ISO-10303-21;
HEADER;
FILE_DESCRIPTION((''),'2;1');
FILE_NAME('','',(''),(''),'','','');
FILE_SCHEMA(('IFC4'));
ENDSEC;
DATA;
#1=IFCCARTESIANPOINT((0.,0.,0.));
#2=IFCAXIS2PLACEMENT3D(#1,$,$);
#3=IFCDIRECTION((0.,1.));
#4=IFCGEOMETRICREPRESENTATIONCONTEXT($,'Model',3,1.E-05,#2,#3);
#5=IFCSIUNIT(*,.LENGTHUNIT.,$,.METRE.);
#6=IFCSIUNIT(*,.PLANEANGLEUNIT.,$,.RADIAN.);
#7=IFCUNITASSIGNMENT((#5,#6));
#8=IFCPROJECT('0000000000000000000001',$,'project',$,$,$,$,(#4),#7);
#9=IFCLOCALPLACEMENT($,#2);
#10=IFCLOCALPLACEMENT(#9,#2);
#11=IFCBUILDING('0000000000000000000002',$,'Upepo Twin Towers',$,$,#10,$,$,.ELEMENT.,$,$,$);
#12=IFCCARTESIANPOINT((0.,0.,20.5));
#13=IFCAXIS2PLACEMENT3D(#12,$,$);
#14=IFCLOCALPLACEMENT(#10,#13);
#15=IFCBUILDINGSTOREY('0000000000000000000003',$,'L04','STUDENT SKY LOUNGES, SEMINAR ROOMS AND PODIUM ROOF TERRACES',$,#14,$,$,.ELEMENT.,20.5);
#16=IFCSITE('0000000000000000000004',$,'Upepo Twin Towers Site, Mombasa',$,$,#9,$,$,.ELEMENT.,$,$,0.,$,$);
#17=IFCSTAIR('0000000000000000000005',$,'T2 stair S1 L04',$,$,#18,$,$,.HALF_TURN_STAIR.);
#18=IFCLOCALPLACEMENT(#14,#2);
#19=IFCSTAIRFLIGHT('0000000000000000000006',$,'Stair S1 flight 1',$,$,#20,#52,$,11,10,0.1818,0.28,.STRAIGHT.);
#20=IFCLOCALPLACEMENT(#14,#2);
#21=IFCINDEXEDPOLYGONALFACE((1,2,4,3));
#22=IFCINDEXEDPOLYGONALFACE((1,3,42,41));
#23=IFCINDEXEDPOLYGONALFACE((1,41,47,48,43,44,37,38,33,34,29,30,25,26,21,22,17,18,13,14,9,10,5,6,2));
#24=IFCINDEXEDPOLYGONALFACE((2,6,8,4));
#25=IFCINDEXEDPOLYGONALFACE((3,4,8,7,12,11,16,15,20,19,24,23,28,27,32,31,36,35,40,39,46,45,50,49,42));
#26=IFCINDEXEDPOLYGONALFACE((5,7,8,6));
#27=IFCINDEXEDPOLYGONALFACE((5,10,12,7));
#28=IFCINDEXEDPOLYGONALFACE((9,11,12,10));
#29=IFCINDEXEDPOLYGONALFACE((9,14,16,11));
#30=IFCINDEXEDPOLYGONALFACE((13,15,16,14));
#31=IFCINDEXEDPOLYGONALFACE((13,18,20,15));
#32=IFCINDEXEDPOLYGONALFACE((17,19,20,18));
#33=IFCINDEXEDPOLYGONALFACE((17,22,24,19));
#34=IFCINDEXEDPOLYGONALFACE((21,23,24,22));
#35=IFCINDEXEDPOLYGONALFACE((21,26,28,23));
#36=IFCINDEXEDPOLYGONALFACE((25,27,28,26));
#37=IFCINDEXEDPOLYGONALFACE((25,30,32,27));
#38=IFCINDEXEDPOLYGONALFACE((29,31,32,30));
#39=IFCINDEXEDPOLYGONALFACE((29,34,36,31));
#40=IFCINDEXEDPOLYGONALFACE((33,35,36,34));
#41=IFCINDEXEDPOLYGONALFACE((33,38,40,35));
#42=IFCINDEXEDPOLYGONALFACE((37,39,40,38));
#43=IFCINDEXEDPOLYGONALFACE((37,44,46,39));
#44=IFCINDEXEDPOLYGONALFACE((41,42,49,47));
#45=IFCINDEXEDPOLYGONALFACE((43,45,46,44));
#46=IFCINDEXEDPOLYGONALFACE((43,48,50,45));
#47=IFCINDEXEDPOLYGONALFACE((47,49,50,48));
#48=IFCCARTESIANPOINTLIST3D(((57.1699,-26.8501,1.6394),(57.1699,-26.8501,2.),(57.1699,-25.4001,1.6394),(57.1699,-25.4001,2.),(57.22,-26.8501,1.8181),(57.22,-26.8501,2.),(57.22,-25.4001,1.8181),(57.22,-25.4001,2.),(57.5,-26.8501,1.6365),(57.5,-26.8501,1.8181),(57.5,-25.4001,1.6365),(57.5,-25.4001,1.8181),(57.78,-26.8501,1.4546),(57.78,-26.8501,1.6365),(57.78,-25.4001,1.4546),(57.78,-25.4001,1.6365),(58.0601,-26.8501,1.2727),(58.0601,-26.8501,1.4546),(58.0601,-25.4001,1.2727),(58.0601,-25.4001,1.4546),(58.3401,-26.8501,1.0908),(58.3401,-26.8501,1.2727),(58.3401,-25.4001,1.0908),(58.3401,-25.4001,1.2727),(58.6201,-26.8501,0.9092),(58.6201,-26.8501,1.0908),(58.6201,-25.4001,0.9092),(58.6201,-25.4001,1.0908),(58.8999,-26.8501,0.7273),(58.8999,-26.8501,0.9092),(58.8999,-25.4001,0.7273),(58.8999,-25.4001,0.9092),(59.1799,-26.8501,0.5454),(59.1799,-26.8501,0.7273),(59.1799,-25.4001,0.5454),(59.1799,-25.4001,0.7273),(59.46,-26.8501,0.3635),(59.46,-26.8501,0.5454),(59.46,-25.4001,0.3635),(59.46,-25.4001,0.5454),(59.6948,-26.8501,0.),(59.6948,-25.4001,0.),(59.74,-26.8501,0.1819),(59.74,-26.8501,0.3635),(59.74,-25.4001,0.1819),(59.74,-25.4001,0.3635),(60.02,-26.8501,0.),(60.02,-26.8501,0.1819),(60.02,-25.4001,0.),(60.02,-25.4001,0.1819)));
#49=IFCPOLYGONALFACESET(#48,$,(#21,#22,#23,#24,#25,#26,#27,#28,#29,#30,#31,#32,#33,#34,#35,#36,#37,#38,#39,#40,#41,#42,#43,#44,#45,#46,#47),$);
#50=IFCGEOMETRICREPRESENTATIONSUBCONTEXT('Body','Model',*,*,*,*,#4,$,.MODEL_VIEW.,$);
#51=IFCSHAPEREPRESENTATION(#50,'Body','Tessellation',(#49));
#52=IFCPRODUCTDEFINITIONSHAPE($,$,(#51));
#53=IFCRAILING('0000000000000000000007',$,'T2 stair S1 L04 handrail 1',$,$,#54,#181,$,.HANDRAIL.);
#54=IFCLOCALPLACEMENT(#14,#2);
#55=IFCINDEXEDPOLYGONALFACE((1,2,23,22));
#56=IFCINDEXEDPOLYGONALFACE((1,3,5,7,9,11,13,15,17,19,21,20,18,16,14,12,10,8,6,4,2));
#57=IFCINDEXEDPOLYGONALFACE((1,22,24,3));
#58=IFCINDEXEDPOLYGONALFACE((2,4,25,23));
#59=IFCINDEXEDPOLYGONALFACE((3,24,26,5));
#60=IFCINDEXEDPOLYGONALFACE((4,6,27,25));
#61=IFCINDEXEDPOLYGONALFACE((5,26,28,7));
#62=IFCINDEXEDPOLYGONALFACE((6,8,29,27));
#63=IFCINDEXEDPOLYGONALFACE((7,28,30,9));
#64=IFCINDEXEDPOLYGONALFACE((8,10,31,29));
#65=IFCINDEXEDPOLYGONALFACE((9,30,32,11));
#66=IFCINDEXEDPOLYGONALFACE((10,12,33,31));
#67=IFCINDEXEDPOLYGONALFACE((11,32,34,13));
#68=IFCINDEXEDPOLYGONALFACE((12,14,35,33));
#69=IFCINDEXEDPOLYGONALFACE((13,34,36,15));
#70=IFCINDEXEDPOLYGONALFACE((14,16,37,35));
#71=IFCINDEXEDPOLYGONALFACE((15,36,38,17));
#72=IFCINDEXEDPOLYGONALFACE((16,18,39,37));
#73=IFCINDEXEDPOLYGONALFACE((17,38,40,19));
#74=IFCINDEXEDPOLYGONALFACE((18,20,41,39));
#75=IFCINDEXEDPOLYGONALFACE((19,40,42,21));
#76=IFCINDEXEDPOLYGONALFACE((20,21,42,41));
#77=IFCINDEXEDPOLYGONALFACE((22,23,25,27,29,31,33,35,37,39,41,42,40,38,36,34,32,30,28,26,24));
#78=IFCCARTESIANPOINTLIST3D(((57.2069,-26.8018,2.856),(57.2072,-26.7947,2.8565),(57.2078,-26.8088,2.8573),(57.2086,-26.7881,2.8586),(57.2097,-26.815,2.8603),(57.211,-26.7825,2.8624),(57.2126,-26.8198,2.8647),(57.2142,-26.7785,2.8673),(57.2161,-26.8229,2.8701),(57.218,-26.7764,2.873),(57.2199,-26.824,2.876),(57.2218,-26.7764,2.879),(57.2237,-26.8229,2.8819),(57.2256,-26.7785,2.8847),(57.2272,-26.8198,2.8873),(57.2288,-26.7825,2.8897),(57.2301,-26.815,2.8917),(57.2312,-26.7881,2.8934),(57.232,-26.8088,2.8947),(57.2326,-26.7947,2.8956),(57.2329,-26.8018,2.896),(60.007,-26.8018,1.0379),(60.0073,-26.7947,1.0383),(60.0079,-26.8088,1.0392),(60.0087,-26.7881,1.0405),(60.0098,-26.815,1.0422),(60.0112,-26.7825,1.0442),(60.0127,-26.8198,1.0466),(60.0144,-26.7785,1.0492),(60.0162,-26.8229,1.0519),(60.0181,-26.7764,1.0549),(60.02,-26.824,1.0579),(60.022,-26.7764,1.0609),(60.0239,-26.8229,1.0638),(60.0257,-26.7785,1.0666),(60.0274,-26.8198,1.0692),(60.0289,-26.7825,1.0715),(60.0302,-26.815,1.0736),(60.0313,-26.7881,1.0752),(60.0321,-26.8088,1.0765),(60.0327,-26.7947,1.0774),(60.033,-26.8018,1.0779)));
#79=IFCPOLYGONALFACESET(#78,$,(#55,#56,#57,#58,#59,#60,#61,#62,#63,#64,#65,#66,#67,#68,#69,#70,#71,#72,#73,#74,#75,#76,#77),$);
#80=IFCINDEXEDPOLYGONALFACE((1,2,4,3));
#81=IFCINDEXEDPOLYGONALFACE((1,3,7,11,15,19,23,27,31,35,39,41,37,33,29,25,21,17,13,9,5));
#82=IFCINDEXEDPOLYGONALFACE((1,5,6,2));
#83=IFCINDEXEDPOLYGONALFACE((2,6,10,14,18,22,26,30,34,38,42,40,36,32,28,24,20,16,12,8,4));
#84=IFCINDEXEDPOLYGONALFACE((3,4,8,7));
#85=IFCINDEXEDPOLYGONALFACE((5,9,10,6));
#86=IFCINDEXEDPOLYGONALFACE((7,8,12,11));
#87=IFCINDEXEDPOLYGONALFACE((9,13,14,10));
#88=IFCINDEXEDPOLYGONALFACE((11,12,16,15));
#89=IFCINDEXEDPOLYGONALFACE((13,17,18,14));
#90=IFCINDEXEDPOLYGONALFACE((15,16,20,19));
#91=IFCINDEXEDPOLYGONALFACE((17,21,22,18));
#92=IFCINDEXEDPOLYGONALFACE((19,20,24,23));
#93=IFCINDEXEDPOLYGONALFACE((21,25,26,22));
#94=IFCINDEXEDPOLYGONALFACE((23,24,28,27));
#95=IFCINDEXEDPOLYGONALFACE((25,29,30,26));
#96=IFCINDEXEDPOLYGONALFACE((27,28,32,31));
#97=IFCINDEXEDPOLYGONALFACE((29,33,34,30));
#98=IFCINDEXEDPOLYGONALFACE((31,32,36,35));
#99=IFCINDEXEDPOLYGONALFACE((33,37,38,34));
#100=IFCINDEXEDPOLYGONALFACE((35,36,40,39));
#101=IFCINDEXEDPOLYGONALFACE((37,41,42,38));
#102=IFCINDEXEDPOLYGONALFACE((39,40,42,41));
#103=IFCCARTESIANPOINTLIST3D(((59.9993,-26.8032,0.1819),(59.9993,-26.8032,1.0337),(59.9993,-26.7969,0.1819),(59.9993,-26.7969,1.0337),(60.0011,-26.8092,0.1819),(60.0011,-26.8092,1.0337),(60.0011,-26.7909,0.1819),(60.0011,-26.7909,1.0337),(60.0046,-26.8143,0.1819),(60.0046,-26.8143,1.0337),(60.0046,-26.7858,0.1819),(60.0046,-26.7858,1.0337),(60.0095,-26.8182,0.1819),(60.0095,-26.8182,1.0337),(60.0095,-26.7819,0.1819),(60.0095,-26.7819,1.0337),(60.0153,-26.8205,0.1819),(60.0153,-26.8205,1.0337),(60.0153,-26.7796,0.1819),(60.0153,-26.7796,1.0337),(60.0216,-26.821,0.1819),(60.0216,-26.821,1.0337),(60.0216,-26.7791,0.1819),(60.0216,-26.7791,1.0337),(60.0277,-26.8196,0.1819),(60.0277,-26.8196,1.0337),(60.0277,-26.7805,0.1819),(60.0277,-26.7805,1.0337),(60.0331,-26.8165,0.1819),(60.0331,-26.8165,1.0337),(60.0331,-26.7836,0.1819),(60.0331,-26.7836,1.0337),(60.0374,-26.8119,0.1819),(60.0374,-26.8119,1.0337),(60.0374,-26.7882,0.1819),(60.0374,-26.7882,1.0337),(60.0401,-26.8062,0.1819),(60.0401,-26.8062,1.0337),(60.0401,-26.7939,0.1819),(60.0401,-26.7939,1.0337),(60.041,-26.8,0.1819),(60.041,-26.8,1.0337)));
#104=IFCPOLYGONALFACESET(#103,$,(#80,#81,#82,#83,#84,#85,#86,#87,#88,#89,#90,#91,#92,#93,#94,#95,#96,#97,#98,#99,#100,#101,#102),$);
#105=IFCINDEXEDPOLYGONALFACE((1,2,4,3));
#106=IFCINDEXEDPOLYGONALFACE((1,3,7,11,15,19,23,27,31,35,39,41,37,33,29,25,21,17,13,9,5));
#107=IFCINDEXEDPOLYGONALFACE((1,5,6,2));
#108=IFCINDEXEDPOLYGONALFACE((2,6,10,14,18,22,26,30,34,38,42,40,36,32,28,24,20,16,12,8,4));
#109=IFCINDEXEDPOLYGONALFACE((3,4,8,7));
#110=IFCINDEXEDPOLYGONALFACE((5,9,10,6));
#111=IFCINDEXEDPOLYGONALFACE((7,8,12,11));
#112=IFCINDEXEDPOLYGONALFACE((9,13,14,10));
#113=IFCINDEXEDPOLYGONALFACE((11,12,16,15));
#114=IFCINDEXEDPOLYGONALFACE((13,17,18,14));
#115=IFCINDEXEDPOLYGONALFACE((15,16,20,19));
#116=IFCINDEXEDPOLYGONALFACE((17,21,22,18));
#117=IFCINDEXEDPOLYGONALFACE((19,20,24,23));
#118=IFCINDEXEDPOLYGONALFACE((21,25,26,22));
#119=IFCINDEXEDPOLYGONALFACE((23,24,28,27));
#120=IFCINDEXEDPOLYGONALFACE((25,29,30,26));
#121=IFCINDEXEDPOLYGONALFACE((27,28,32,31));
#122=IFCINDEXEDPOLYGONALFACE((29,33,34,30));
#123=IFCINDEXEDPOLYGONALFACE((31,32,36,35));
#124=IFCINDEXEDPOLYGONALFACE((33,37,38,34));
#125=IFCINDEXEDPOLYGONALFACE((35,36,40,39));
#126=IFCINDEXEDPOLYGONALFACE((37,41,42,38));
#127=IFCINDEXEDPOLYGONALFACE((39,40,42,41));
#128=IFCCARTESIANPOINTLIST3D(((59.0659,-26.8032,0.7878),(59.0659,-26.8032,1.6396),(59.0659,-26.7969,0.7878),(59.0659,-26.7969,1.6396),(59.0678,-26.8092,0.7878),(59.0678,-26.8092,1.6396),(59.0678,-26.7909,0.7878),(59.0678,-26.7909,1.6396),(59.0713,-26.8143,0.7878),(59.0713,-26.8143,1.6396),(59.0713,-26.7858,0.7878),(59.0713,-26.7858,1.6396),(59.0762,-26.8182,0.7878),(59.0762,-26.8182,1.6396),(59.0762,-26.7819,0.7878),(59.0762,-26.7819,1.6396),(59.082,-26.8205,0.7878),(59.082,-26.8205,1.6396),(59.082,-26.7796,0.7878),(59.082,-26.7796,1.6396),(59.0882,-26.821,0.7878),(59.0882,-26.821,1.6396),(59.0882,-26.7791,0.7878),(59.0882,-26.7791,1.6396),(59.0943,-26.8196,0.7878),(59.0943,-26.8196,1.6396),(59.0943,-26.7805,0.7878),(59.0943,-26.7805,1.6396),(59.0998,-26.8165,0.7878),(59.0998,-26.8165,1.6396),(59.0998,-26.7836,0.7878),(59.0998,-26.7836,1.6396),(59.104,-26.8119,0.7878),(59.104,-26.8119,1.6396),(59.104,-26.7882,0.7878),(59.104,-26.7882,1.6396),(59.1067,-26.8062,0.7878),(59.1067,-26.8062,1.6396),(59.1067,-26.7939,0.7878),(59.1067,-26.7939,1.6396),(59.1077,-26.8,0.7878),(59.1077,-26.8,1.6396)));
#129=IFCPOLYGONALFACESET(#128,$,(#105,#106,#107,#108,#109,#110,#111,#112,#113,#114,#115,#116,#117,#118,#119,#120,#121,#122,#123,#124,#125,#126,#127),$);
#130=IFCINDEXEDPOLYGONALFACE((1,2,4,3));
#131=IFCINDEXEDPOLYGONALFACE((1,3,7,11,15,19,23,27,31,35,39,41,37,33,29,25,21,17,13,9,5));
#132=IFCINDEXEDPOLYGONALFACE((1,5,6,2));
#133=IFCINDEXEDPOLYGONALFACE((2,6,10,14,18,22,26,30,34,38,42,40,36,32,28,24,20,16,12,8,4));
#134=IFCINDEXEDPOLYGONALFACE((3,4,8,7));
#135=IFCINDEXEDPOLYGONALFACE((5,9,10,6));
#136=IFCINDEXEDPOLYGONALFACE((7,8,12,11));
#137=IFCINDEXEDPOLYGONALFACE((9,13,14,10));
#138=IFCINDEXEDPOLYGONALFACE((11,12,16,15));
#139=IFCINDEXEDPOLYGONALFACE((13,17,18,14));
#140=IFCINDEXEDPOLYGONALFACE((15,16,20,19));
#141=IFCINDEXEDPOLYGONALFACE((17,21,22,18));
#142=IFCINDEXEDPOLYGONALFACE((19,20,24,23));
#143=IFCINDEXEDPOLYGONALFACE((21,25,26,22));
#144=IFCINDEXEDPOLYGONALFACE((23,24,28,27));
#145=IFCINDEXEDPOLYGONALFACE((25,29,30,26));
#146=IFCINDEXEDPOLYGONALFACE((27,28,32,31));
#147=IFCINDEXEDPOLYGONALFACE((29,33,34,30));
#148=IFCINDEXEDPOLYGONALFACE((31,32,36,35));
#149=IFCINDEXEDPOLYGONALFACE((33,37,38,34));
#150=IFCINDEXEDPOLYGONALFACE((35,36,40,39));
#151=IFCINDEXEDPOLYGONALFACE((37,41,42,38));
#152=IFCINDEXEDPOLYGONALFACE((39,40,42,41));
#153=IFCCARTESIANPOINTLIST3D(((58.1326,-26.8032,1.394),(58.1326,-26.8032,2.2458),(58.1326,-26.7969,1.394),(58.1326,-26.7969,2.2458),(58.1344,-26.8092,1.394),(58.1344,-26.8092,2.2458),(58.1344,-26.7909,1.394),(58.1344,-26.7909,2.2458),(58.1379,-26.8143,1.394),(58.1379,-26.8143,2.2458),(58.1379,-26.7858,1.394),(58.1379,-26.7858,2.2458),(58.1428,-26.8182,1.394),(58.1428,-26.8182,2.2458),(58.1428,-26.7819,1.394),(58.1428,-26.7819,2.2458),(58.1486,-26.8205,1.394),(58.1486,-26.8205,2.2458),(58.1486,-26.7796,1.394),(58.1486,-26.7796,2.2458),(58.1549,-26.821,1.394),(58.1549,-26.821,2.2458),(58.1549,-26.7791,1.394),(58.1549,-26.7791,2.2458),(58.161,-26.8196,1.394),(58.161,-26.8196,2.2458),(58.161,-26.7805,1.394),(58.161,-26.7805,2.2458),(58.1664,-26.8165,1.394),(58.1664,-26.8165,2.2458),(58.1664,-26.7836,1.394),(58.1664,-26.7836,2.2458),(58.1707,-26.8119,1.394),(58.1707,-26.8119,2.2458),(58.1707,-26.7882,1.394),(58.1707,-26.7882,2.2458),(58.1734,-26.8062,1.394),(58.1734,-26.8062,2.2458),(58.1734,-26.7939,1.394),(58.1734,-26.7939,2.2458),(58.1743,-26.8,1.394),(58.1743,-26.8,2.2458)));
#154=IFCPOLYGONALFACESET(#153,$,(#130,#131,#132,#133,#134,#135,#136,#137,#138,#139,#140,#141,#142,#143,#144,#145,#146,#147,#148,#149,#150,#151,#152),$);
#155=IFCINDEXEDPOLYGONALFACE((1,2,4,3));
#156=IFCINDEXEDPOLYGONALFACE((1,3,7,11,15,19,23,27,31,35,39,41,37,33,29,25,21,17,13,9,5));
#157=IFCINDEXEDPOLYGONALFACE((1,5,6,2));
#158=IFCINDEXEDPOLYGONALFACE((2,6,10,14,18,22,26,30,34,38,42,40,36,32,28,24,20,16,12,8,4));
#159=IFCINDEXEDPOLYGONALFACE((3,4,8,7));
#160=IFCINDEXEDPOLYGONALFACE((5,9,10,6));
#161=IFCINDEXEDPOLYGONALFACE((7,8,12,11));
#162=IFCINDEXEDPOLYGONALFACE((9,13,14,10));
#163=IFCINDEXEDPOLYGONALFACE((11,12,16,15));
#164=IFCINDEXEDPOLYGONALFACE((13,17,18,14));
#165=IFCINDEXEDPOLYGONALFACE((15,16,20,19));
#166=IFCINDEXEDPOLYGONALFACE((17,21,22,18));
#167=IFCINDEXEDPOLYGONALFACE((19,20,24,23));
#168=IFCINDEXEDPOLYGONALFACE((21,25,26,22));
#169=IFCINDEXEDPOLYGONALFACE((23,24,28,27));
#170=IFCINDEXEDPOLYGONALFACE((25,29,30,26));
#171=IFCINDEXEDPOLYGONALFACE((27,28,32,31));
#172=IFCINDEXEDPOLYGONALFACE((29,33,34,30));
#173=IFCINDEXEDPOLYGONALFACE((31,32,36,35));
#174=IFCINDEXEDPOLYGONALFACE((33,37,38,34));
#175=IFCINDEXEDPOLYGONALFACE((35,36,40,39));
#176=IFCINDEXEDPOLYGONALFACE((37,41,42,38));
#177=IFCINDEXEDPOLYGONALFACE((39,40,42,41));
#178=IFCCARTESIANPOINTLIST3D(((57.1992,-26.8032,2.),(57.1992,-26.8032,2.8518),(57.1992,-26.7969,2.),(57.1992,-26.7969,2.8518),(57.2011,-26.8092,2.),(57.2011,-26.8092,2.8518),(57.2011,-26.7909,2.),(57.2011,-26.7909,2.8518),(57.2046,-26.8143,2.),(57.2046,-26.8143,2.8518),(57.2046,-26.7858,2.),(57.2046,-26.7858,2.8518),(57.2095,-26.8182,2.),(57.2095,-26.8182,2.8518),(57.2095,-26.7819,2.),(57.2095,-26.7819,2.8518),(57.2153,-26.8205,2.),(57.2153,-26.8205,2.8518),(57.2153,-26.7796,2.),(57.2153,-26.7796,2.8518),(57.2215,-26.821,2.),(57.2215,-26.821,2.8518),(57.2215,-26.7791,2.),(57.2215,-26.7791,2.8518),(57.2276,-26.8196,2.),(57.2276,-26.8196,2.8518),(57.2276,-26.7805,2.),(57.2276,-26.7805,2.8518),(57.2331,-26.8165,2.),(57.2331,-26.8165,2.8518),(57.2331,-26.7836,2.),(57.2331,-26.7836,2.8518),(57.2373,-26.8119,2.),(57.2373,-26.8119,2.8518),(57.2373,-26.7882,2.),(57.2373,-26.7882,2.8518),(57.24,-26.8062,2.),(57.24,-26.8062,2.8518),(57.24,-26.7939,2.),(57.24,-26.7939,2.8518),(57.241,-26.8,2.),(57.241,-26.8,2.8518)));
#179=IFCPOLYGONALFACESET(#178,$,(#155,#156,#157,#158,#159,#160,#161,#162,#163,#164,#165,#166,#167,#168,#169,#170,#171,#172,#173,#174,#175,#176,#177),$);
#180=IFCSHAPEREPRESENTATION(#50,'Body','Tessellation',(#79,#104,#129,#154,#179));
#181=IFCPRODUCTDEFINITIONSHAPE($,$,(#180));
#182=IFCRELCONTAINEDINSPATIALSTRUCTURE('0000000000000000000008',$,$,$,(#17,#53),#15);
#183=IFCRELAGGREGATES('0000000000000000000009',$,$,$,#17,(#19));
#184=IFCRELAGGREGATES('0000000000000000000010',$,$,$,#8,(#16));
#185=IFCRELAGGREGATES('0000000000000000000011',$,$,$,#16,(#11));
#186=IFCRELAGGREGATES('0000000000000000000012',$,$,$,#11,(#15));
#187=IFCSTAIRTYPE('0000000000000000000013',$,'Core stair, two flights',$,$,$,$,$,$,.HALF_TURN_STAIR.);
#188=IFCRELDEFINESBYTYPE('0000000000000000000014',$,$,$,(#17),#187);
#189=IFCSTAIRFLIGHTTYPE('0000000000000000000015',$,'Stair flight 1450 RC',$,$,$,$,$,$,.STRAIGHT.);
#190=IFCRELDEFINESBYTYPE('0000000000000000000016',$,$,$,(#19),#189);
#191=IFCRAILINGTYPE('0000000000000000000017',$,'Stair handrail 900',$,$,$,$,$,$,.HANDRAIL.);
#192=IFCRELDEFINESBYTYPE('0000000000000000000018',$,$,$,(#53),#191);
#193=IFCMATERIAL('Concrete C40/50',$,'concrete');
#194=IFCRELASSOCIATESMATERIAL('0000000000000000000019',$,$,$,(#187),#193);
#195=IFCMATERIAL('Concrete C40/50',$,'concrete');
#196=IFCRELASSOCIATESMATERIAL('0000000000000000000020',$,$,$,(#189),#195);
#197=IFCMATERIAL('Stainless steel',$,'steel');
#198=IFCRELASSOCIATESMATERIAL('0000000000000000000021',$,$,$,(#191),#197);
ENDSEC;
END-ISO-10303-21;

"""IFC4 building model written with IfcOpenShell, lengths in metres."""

from ifc_helpers import new_model, si_unit, direction, frame, origin, origin_2d, place, context, subcontext, project, spatial, polyline, circle, outline, extrude, material, type_object, element, aggregate, save


model = new_model("IFC4")

# Units and contexts
model_context = context("Model", 3, precision=1e-05, world=origin(), true_north=direction((0.0, 1.0)))
body_context = subcontext(model_context, "Body", "Model", "MODEL_VIEW")
ifc_project = project(units=[si_unit("LENGTHUNIT", "METRE"), si_unit("PLANEANGLEUNIT", "RADIAN")], contexts=[model_context])

# Site, building, storey
site_placement = place(None, origin())
site = spatial("IfcSite", under=ifc_project, at=site_placement, Name="Upepo Twin Towers Site, Mombasa", CompositionType="ELEMENT", RefElevation=0.0)
building_placement = place(site_placement, origin())
building = spatial("IfcBuilding", under=site, at=building_placement, Name="Upepo Twin Towers", CompositionType="ELEMENT")
storey_placement = place(building_placement, frame((0.0, 0.0, 20.5)))
storey = spatial("IfcBuildingStorey", under=building, at=storey_placement, Name="L04", Description="STUDENT SKY LOUNGES, SEMINAR ROOMS AND PODIUM ROOF TERRACES", CompositionType="ELEMENT", Elevation=20.5)

# Stair, stair flight
ifc_material_1 = material(Name="Concrete C40/50", Category="concrete")
stair_type = type_object("IfcStairType", Name="Core stair, two flights", PredefinedType="HALF_TURN_STAIR", material=ifc_material_1)
stair_placement = place(storey_placement, origin())
stair = element("IfcStair", 1, at=stair_placement, inside=storey, type_object=stair_type, Name="T2 stair S1 L04", PredefinedType="HALF_TURN_STAIR")
ifc_material_2 = material(Name="Concrete C40/50", Category="concrete")
stair_flight_type = type_object("IfcStairFlightType", Name="Stair flight 1450 RC", PredefinedType="STRAIGHT", material=ifc_material_2)
stair_flight_placement = place(storey_placement, frame((60.02, -26.125, 0.0), z_axis=(0.0, 0.0, 1.0), x_axis=(-1.0, 0.0, 0.0)))
stair_flight = element("IfcStairFlight", 2, at=stair_flight_placement, type_object=stair_flight_type, Name="Stair S1 flight 1", NumberOfRisers=11, NumberOfTreads=10, PredefinedType="STRAIGHT", RiserHeight=0.1818, TreadLength=0.28, context=body_context, shape_type="SweptSolid", body=[
    extrude(outline(polyline([(0.0, 0.0), (0.0, 0.1819), (0.28, 0.1819), (0.28, 0.3635), (0.5601, 0.3635), (0.5601, 0.5454), (0.8401, 0.5454), (0.8401, 0.7273), (1.1201, 0.7273), (1.1201, 0.9092), (1.3999, 0.9092), (1.3999, 1.0908), (1.6799, 1.0908), (1.6799, 1.2727), (1.96, 1.2727), (1.96, 1.4546), (2.24, 1.4546), (2.24, 1.6365), (2.52, 1.6365), (2.52, 1.8181), (2.8, 1.8181), (2.8, 2.0), (2.8501, 2.0), (2.8501, 1.6394), (0.3252, 0.0), (0.0, 0.0)])), frame((0.0, 0.7251, 0.0), z_axis=(0.0, -1.0, 0.0), x_axis=(1.0, 0.0, 0.0)), (0.0, 0.0, 1.0), 1.45),
])
aggregate(stair, [stair_flight])

# Railing
ifc_material_3 = material(Name="Stainless steel", Category="steel")
railing_type = type_object("IfcRailingType", Name="Stair handrail 900", PredefinedType="HANDRAIL", material=ifc_material_3)
railing_placement = place(storey_placement, frame((60.02, -26.8, 0.1819)))
element("IfcRailing", 3, at=railing_placement, inside=storey, type_object=railing_type, Name="T2 stair S1 L04 handrail 1", PredefinedType="HANDRAIL", context=body_context, shape_type="SweptSolid", body=[
    extrude(circle(Radius=0.0239, at=origin_2d()), frame((0.0, 0.0, 0.876), z_axis=(-0.838706, 0.0, 0.544585), x_axis=(0.0, -1.0, 0.0)), (0.0, 0.0, 1.0), 3.3386),
    extrude(circle(Radius=0.021, at=origin_2d()), origin(), (0.0, 0.0, 1.0), 0.8518),
    extrude(circle(Radius=0.021, at=origin_2d()), frame((-0.9333, 0.0, 0.606)), (0.0, 0.0, 1.0), 0.8518),
    extrude(circle(Radius=0.021, at=origin_2d()), frame((-1.8667, 0.0, 1.2122)), (0.0, 0.0, 1.0), 0.8518),
    extrude(circle(Radius=0.021, at=origin_2d()), frame((-2.8, 0.0, 1.8181)), (0.0, 0.0, 1.0), 0.8518),
])

save(model, "model.ifc")
